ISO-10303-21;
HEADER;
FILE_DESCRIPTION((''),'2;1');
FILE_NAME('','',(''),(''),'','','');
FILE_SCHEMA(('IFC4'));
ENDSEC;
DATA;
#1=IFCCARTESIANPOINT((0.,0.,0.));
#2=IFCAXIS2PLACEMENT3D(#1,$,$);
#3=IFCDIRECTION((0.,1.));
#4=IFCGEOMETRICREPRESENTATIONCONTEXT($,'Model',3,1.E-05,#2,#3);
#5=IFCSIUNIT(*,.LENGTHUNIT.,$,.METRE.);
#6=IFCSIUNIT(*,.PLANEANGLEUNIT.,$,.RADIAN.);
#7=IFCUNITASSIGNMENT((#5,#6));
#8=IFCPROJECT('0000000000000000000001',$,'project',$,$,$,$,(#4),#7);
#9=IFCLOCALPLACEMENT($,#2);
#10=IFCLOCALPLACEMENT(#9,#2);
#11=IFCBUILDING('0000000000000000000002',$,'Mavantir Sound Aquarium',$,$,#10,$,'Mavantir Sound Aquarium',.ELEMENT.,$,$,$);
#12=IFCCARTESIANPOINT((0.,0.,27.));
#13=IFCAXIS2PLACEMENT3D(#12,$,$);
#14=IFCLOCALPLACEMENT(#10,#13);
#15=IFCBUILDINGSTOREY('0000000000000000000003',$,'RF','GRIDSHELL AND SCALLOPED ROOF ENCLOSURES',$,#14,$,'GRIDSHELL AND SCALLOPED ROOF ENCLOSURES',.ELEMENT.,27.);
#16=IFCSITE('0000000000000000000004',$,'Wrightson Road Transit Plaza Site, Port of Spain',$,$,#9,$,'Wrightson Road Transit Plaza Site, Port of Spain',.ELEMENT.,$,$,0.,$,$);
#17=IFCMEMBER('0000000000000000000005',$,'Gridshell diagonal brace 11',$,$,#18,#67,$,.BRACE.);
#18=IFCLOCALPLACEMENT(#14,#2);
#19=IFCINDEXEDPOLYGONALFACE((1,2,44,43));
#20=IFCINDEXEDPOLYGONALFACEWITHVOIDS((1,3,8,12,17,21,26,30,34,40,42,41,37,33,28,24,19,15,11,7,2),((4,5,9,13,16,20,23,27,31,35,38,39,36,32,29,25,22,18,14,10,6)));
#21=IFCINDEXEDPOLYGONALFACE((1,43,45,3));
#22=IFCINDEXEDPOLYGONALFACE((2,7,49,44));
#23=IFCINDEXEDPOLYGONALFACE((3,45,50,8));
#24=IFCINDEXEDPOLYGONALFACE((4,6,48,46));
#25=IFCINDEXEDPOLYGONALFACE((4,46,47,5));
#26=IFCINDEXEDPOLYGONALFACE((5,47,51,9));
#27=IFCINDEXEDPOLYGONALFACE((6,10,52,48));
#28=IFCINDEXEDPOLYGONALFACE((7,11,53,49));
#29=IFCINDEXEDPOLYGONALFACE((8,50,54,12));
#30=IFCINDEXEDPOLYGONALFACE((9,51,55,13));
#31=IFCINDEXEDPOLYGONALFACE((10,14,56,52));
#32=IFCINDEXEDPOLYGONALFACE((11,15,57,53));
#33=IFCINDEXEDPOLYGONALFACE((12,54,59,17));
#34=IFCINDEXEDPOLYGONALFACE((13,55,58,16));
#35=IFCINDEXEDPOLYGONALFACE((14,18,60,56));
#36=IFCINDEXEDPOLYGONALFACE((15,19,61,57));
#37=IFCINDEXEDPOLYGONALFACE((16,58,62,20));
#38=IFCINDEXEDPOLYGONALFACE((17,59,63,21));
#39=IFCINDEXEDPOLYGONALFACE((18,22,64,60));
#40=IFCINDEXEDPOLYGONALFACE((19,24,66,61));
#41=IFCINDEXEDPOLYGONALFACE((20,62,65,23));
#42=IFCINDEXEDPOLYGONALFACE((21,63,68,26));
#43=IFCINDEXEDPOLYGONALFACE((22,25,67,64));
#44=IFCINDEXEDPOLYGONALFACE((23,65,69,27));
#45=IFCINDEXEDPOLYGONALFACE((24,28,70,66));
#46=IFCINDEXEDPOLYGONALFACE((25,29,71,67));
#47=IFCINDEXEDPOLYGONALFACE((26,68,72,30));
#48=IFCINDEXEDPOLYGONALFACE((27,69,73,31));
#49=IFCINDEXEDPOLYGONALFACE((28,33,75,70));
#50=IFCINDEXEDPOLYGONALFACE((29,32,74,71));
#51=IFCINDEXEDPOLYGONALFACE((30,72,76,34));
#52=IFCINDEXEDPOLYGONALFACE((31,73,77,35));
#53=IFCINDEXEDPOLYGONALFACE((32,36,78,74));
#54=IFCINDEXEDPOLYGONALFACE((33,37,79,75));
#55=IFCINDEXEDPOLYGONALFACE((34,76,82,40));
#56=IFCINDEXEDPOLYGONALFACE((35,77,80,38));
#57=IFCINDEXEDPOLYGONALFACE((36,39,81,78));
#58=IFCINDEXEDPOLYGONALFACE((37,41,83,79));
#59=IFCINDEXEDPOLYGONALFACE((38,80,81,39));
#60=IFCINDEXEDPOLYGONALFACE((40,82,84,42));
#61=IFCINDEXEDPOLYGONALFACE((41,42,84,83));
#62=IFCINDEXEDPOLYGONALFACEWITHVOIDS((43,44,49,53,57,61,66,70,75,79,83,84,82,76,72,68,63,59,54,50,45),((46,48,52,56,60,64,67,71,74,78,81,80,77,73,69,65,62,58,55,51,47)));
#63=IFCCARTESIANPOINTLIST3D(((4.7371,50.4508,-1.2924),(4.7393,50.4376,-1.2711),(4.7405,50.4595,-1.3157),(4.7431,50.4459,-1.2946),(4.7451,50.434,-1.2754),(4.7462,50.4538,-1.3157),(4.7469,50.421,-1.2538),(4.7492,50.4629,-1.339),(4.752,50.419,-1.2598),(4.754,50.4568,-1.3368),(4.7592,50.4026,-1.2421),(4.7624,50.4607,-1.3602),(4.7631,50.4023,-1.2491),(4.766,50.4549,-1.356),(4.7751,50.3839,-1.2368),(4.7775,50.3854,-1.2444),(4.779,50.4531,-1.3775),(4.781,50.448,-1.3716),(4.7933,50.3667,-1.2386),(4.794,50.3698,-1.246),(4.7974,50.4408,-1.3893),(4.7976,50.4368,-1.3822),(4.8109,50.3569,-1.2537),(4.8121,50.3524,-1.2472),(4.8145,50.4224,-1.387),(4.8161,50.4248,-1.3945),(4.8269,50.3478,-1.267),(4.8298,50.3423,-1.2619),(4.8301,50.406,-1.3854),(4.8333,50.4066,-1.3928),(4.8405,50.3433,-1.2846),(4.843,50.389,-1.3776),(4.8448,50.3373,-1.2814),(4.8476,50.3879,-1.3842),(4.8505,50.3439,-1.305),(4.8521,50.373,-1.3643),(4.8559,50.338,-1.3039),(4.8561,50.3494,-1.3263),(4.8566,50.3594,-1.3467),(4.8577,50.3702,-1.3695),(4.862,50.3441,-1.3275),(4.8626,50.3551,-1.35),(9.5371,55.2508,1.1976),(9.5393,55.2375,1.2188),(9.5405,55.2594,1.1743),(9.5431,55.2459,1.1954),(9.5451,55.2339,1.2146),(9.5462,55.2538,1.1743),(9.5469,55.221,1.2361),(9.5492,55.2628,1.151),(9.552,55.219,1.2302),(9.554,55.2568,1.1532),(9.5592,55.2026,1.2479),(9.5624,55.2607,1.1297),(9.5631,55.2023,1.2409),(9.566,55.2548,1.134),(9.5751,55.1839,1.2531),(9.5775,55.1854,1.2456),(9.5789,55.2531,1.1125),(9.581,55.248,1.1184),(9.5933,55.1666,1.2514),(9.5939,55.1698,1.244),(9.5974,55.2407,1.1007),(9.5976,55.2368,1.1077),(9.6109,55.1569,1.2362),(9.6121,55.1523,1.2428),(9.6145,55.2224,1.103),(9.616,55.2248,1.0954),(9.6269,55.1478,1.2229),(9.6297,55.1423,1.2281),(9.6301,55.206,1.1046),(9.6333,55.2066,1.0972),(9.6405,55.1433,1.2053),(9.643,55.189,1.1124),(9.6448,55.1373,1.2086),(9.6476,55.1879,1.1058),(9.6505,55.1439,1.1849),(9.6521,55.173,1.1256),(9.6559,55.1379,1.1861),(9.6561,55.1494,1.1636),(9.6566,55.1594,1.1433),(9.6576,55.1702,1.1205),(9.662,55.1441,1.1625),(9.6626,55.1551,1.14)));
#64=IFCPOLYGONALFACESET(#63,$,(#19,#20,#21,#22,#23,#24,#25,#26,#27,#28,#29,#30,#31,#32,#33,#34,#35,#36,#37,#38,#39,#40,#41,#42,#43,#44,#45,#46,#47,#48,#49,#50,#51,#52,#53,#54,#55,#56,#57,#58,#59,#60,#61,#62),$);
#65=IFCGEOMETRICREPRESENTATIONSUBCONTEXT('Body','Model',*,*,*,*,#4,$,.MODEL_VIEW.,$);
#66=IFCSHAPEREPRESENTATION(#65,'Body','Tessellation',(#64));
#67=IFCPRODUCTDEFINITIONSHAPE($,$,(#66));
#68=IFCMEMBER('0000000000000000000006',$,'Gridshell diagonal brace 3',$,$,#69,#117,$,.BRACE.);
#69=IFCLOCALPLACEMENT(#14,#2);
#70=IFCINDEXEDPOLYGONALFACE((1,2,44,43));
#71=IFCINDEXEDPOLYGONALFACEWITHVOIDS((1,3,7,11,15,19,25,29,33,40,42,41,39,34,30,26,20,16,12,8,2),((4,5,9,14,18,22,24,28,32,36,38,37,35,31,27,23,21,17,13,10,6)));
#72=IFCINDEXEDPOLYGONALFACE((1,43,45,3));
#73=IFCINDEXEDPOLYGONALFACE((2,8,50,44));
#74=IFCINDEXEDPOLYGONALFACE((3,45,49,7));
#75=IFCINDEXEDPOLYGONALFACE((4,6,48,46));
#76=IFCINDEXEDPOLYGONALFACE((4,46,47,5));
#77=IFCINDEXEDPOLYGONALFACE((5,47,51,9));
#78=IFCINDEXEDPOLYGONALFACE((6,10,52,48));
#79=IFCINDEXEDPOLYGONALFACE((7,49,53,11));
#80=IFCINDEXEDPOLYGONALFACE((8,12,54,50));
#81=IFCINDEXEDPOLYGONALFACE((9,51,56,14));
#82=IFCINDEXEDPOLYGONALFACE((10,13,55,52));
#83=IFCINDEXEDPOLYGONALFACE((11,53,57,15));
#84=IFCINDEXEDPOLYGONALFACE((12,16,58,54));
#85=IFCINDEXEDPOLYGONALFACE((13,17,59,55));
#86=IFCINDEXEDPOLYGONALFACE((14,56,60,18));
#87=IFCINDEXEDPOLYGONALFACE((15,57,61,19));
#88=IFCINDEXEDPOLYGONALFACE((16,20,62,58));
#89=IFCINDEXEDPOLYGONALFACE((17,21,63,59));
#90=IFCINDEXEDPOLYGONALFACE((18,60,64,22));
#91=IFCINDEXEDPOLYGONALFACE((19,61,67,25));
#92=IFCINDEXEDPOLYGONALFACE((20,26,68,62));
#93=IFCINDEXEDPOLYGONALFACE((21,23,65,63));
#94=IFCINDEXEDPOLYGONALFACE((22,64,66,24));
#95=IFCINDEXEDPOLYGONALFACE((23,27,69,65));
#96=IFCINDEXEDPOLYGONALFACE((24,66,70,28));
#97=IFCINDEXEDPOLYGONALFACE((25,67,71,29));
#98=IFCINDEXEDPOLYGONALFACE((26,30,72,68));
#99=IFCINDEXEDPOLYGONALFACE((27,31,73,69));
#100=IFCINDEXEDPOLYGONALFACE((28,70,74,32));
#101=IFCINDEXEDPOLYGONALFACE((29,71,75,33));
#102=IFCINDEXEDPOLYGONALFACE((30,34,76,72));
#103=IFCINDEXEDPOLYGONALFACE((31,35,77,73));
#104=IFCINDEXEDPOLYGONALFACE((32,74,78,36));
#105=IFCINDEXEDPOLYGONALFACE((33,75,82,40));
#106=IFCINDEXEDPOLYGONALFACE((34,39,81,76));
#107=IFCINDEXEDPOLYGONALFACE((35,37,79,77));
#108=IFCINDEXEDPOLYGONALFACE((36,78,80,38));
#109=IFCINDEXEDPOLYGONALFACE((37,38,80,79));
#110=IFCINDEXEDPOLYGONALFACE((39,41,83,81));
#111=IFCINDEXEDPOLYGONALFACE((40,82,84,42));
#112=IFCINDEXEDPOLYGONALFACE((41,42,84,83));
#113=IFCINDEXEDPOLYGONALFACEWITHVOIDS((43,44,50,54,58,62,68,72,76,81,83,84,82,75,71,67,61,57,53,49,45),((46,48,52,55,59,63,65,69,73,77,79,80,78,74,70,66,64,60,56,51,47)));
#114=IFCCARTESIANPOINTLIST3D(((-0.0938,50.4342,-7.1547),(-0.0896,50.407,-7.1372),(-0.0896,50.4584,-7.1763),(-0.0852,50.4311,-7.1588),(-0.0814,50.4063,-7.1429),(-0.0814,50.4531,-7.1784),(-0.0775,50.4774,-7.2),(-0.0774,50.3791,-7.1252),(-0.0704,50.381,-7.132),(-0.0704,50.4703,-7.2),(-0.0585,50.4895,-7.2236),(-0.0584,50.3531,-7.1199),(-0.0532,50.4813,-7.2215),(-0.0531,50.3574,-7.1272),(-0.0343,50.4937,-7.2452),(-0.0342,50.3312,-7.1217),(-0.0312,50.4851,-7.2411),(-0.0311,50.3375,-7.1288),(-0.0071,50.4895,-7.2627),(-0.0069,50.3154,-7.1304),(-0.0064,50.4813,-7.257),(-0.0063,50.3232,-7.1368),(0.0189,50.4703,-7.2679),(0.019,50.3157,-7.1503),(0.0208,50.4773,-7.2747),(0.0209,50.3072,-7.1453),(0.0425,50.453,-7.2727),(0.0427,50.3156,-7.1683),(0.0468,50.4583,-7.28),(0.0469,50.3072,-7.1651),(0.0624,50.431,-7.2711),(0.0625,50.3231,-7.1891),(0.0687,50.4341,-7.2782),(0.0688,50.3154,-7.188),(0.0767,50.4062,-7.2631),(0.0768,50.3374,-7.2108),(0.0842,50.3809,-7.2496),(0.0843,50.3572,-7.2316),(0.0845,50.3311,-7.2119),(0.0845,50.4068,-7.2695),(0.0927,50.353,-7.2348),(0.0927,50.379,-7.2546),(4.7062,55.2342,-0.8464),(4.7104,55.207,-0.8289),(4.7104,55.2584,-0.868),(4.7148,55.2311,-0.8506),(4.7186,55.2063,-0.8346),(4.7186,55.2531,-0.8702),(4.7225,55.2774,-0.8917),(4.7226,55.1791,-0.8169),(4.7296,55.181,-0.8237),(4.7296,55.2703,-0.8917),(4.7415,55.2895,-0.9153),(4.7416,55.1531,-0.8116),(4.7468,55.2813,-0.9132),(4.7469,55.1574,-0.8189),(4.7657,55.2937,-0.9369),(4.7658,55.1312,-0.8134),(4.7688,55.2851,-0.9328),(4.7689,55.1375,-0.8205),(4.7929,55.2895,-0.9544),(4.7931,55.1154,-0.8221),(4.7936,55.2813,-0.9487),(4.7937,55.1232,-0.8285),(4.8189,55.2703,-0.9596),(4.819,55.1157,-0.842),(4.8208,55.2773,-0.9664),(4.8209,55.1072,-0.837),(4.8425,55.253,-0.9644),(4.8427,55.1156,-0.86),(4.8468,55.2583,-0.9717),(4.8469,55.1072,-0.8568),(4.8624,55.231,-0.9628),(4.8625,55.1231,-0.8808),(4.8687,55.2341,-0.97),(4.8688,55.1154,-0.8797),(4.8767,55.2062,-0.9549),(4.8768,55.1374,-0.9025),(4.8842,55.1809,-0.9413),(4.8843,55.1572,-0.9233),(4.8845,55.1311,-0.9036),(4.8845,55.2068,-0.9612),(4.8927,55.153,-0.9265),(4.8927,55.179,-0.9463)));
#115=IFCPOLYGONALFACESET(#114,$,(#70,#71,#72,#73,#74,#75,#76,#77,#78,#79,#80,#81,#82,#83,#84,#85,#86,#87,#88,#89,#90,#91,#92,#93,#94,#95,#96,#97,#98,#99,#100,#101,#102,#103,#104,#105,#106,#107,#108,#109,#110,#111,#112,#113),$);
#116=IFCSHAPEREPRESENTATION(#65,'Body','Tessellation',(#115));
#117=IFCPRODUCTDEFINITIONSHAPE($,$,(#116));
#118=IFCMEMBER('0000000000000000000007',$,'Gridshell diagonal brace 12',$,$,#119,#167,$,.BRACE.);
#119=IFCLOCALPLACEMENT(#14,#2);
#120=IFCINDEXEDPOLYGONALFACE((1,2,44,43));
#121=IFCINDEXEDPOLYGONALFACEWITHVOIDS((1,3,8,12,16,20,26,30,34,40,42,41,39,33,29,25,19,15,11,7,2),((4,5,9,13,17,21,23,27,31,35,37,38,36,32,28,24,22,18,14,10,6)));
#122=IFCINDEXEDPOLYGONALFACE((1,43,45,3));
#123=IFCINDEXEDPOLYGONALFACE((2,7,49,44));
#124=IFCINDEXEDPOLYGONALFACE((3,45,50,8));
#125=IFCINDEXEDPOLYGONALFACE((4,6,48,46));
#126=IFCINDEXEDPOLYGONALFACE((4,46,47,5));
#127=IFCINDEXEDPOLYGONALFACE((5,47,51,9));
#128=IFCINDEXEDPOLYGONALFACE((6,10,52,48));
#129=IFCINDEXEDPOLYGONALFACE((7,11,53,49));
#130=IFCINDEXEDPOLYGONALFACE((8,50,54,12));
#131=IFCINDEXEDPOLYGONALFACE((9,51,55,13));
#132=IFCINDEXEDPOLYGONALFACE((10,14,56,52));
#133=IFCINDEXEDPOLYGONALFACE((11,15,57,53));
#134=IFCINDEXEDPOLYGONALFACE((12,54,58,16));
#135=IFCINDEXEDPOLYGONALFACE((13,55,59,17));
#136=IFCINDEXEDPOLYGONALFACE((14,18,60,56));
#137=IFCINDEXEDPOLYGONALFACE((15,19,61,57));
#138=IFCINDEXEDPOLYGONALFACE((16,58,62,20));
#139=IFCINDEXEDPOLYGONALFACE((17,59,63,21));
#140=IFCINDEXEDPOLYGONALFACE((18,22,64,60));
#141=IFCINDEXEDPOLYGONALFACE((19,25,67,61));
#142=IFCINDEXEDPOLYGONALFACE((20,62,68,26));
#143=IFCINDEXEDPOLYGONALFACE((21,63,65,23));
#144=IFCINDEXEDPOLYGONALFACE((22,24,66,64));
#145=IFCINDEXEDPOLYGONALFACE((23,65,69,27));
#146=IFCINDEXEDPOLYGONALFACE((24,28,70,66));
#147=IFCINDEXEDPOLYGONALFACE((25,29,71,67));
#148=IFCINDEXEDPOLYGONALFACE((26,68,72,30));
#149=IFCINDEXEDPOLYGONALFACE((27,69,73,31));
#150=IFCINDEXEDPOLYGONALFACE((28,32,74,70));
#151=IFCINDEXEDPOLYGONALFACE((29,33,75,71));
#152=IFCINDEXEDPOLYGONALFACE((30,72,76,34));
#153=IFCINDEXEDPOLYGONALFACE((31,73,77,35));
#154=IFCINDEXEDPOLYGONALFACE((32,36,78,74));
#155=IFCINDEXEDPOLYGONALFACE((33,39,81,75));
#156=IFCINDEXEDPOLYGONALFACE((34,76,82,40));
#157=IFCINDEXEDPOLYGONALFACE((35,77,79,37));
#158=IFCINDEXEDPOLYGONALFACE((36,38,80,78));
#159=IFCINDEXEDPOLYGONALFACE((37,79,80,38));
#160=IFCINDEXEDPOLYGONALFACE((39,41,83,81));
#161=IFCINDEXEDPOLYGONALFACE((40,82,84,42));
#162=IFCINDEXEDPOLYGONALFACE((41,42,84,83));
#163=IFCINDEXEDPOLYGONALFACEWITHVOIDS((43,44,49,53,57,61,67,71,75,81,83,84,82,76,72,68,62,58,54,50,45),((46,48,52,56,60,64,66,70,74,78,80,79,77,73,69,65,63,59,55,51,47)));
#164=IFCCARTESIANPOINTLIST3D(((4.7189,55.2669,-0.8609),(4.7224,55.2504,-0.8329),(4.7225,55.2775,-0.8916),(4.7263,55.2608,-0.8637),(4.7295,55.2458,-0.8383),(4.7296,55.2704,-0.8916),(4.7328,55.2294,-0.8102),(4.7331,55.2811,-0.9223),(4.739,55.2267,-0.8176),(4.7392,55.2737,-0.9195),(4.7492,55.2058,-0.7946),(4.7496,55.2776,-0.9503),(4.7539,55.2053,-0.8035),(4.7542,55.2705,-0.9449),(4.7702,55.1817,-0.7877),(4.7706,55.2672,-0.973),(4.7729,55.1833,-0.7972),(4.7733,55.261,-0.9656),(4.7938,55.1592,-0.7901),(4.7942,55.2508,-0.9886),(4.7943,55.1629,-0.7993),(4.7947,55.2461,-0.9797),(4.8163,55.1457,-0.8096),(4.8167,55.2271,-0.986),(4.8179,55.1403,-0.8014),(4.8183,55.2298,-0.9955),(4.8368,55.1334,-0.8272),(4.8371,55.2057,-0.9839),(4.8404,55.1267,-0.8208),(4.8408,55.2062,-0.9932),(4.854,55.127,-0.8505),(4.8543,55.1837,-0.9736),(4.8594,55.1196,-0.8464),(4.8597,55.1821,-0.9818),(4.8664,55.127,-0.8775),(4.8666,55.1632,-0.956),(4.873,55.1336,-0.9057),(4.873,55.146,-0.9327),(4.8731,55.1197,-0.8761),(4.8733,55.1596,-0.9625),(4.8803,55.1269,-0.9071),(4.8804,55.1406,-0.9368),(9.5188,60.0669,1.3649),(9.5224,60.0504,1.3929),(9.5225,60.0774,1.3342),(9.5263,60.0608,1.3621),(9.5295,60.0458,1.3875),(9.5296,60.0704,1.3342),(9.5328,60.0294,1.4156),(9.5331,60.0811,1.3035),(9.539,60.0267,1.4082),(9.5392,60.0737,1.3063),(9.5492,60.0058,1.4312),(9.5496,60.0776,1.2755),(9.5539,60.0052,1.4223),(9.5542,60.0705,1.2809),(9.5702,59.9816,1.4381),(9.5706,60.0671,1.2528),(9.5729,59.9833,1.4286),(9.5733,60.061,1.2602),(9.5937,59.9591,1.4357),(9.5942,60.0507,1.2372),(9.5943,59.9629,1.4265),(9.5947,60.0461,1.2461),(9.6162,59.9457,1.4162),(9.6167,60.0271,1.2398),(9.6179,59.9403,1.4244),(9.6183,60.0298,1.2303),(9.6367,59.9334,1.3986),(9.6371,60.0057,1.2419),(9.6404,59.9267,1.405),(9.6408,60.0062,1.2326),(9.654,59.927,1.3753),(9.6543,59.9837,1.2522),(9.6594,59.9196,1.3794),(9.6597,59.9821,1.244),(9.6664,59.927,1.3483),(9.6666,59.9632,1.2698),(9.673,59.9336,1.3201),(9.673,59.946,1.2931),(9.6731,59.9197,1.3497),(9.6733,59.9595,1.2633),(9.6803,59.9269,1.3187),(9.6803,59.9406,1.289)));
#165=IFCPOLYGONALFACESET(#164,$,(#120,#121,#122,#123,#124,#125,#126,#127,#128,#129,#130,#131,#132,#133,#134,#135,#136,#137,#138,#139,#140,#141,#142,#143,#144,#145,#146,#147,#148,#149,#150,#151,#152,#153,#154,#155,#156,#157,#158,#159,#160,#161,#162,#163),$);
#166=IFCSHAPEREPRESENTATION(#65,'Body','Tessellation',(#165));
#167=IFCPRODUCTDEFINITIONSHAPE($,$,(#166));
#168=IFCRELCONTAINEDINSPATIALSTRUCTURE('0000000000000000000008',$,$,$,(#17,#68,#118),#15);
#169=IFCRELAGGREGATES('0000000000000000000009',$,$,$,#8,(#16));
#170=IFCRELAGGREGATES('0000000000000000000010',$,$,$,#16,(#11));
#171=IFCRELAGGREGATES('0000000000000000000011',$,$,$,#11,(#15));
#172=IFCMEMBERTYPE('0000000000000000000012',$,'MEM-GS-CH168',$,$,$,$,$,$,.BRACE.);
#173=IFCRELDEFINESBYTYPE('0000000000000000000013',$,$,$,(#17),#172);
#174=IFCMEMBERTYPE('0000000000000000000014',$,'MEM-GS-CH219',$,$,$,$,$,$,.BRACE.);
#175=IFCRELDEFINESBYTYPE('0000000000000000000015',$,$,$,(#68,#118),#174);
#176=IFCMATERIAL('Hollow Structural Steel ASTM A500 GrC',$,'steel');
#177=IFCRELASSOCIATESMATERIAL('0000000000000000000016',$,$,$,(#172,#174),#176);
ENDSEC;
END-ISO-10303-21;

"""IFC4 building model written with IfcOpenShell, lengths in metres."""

from ifc_helpers import new_model, si_unit, direction, frame, origin, origin_2d, place, context, subcontext, project, spatial, hollow_circle, extrude, material, material_profile, profile_set, type_object, element, save


model = new_model("IFC4")

# Units and contexts
model_context = context("Model", 3, precision=1e-05, world=origin(), true_north=direction((0.0, 1.0)))
body_context = subcontext(model_context, "Body", "Model", "MODEL_VIEW")
ifc_project = project(units=[si_unit("LENGTHUNIT", "METRE"), si_unit("PLANEANGLEUNIT", "RADIAN")], contexts=[model_context])

# Site, building, storey
site_placement = place(None, origin())
site = spatial("IfcSite", under=ifc_project, at=site_placement, Name="Wrightson Road Transit Plaza Site, Port of Spain", LongName="Wrightson Road Transit Plaza Site, Port of Spain", CompositionType="ELEMENT", RefElevation=0.0)
building_placement = place(site_placement, origin())
building = spatial("IfcBuilding", under=site, at=building_placement, Name="Mavantir Sound Aquarium", LongName="Mavantir Sound Aquarium", CompositionType="ELEMENT")
storey_placement = place(building_placement, frame((0.0, 0.0, 27.0)))
storey = spatial("IfcBuildingStorey", under=building, at=storey_placement, Name="RF", Description="GRIDSHELL AND SCALLOPED ROOF ENCLOSURES", LongName="GRIDSHELL AND SCALLOPED ROOF ENCLOSURES", CompositionType="ELEMENT", Elevation=27.0)

# Shared definitions
ifc_material_1 = material(Name="Hollow Structural Steel ASTM A500 GrC", Category="steel")

# Members
ifc_material_profile_1 = material_profile(ifc_material_1, hollow_circle(Radius=0.0842, WallThickness=0.0081, at=origin_2d()), Name="CHS 168.3X8")
ifc_profile_set_1 = profile_set([ifc_material_profile_1], Name="Hollow Structural Steel ASTM A500 GrC")
member_type_1 = type_object("IfcMemberType", Name="MEM-GS-CH168", PredefinedType="BRACE", material=ifc_profile_set_1)
member_1_placement = place(storey_placement, frame((4.8, 50.3999, -1.3157), z_axis=(0.663856, 0.663856, 0.34437), x_axis=(-0.707107, 0.707107, 0.0)))
element("IfcMember", 1, at=member_1_placement, inside=storey, type_object=member_type_1, Name="Gridshell diagonal brace 11", PredefinedType="BRACE", context=body_context, shape_type="SweptSolid", body=[
    extrude(hollow_circle(Radius=0.0842, WallThickness=0.0081, at=origin_2d()), origin(), (0.0, 0.0, 1.0), 7.2305),
])
ifc_material_profile_2 = material_profile(ifc_material_1, hollow_circle(Radius=0.1096, WallThickness=0.01, at=origin_2d()), Name="CHS 219.1X10")
ifc_profile_set_2 = profile_set([ifc_material_profile_2], Name="Hollow Structural Steel ASTM A500 GrC")
member_type_2 = type_object("IfcMemberType", Name="MEM-GS-CH219", PredefinedType="BRACE", material=ifc_profile_set_2)
member_2_placement = place(storey_placement, frame((0.0, 50.3999, -7.2), z_axis=(0.517975, 0.517975, 0.680737), x_axis=(-0.707107, 0.707107, 0.0)))
element("IfcMember", 2, at=member_2_placement, inside=storey, type_object=member_type_2, Name="Gridshell diagonal brace 3", PredefinedType="BRACE", context=body_context, shape_type="SweptSolid", body=[
    extrude(hollow_circle(Radius=0.1096, WallThickness=0.01, at=origin_2d()), origin(), (0.0, 0.0, 1.0), 9.2668),
])
member_3_placement = place(storey_placement, frame((4.8, 55.2, -0.8916), z_axis=(0.671909, 0.671909, 0.311571), x_axis=(-0.707107, 0.707107, 0.0)))
element("IfcMember", 3, at=member_3_placement, inside=storey, type_object=member_type_2, Name="Gridshell diagonal brace 12", PredefinedType="BRACE", context=body_context, shape_type="SweptSolid", body=[
    extrude(hollow_circle(Radius=0.1096, WallThickness=0.01, at=origin_2d()), origin(), (0.0, 0.0, 1.0), 7.1438),
])

save(model, "model.ifc")
